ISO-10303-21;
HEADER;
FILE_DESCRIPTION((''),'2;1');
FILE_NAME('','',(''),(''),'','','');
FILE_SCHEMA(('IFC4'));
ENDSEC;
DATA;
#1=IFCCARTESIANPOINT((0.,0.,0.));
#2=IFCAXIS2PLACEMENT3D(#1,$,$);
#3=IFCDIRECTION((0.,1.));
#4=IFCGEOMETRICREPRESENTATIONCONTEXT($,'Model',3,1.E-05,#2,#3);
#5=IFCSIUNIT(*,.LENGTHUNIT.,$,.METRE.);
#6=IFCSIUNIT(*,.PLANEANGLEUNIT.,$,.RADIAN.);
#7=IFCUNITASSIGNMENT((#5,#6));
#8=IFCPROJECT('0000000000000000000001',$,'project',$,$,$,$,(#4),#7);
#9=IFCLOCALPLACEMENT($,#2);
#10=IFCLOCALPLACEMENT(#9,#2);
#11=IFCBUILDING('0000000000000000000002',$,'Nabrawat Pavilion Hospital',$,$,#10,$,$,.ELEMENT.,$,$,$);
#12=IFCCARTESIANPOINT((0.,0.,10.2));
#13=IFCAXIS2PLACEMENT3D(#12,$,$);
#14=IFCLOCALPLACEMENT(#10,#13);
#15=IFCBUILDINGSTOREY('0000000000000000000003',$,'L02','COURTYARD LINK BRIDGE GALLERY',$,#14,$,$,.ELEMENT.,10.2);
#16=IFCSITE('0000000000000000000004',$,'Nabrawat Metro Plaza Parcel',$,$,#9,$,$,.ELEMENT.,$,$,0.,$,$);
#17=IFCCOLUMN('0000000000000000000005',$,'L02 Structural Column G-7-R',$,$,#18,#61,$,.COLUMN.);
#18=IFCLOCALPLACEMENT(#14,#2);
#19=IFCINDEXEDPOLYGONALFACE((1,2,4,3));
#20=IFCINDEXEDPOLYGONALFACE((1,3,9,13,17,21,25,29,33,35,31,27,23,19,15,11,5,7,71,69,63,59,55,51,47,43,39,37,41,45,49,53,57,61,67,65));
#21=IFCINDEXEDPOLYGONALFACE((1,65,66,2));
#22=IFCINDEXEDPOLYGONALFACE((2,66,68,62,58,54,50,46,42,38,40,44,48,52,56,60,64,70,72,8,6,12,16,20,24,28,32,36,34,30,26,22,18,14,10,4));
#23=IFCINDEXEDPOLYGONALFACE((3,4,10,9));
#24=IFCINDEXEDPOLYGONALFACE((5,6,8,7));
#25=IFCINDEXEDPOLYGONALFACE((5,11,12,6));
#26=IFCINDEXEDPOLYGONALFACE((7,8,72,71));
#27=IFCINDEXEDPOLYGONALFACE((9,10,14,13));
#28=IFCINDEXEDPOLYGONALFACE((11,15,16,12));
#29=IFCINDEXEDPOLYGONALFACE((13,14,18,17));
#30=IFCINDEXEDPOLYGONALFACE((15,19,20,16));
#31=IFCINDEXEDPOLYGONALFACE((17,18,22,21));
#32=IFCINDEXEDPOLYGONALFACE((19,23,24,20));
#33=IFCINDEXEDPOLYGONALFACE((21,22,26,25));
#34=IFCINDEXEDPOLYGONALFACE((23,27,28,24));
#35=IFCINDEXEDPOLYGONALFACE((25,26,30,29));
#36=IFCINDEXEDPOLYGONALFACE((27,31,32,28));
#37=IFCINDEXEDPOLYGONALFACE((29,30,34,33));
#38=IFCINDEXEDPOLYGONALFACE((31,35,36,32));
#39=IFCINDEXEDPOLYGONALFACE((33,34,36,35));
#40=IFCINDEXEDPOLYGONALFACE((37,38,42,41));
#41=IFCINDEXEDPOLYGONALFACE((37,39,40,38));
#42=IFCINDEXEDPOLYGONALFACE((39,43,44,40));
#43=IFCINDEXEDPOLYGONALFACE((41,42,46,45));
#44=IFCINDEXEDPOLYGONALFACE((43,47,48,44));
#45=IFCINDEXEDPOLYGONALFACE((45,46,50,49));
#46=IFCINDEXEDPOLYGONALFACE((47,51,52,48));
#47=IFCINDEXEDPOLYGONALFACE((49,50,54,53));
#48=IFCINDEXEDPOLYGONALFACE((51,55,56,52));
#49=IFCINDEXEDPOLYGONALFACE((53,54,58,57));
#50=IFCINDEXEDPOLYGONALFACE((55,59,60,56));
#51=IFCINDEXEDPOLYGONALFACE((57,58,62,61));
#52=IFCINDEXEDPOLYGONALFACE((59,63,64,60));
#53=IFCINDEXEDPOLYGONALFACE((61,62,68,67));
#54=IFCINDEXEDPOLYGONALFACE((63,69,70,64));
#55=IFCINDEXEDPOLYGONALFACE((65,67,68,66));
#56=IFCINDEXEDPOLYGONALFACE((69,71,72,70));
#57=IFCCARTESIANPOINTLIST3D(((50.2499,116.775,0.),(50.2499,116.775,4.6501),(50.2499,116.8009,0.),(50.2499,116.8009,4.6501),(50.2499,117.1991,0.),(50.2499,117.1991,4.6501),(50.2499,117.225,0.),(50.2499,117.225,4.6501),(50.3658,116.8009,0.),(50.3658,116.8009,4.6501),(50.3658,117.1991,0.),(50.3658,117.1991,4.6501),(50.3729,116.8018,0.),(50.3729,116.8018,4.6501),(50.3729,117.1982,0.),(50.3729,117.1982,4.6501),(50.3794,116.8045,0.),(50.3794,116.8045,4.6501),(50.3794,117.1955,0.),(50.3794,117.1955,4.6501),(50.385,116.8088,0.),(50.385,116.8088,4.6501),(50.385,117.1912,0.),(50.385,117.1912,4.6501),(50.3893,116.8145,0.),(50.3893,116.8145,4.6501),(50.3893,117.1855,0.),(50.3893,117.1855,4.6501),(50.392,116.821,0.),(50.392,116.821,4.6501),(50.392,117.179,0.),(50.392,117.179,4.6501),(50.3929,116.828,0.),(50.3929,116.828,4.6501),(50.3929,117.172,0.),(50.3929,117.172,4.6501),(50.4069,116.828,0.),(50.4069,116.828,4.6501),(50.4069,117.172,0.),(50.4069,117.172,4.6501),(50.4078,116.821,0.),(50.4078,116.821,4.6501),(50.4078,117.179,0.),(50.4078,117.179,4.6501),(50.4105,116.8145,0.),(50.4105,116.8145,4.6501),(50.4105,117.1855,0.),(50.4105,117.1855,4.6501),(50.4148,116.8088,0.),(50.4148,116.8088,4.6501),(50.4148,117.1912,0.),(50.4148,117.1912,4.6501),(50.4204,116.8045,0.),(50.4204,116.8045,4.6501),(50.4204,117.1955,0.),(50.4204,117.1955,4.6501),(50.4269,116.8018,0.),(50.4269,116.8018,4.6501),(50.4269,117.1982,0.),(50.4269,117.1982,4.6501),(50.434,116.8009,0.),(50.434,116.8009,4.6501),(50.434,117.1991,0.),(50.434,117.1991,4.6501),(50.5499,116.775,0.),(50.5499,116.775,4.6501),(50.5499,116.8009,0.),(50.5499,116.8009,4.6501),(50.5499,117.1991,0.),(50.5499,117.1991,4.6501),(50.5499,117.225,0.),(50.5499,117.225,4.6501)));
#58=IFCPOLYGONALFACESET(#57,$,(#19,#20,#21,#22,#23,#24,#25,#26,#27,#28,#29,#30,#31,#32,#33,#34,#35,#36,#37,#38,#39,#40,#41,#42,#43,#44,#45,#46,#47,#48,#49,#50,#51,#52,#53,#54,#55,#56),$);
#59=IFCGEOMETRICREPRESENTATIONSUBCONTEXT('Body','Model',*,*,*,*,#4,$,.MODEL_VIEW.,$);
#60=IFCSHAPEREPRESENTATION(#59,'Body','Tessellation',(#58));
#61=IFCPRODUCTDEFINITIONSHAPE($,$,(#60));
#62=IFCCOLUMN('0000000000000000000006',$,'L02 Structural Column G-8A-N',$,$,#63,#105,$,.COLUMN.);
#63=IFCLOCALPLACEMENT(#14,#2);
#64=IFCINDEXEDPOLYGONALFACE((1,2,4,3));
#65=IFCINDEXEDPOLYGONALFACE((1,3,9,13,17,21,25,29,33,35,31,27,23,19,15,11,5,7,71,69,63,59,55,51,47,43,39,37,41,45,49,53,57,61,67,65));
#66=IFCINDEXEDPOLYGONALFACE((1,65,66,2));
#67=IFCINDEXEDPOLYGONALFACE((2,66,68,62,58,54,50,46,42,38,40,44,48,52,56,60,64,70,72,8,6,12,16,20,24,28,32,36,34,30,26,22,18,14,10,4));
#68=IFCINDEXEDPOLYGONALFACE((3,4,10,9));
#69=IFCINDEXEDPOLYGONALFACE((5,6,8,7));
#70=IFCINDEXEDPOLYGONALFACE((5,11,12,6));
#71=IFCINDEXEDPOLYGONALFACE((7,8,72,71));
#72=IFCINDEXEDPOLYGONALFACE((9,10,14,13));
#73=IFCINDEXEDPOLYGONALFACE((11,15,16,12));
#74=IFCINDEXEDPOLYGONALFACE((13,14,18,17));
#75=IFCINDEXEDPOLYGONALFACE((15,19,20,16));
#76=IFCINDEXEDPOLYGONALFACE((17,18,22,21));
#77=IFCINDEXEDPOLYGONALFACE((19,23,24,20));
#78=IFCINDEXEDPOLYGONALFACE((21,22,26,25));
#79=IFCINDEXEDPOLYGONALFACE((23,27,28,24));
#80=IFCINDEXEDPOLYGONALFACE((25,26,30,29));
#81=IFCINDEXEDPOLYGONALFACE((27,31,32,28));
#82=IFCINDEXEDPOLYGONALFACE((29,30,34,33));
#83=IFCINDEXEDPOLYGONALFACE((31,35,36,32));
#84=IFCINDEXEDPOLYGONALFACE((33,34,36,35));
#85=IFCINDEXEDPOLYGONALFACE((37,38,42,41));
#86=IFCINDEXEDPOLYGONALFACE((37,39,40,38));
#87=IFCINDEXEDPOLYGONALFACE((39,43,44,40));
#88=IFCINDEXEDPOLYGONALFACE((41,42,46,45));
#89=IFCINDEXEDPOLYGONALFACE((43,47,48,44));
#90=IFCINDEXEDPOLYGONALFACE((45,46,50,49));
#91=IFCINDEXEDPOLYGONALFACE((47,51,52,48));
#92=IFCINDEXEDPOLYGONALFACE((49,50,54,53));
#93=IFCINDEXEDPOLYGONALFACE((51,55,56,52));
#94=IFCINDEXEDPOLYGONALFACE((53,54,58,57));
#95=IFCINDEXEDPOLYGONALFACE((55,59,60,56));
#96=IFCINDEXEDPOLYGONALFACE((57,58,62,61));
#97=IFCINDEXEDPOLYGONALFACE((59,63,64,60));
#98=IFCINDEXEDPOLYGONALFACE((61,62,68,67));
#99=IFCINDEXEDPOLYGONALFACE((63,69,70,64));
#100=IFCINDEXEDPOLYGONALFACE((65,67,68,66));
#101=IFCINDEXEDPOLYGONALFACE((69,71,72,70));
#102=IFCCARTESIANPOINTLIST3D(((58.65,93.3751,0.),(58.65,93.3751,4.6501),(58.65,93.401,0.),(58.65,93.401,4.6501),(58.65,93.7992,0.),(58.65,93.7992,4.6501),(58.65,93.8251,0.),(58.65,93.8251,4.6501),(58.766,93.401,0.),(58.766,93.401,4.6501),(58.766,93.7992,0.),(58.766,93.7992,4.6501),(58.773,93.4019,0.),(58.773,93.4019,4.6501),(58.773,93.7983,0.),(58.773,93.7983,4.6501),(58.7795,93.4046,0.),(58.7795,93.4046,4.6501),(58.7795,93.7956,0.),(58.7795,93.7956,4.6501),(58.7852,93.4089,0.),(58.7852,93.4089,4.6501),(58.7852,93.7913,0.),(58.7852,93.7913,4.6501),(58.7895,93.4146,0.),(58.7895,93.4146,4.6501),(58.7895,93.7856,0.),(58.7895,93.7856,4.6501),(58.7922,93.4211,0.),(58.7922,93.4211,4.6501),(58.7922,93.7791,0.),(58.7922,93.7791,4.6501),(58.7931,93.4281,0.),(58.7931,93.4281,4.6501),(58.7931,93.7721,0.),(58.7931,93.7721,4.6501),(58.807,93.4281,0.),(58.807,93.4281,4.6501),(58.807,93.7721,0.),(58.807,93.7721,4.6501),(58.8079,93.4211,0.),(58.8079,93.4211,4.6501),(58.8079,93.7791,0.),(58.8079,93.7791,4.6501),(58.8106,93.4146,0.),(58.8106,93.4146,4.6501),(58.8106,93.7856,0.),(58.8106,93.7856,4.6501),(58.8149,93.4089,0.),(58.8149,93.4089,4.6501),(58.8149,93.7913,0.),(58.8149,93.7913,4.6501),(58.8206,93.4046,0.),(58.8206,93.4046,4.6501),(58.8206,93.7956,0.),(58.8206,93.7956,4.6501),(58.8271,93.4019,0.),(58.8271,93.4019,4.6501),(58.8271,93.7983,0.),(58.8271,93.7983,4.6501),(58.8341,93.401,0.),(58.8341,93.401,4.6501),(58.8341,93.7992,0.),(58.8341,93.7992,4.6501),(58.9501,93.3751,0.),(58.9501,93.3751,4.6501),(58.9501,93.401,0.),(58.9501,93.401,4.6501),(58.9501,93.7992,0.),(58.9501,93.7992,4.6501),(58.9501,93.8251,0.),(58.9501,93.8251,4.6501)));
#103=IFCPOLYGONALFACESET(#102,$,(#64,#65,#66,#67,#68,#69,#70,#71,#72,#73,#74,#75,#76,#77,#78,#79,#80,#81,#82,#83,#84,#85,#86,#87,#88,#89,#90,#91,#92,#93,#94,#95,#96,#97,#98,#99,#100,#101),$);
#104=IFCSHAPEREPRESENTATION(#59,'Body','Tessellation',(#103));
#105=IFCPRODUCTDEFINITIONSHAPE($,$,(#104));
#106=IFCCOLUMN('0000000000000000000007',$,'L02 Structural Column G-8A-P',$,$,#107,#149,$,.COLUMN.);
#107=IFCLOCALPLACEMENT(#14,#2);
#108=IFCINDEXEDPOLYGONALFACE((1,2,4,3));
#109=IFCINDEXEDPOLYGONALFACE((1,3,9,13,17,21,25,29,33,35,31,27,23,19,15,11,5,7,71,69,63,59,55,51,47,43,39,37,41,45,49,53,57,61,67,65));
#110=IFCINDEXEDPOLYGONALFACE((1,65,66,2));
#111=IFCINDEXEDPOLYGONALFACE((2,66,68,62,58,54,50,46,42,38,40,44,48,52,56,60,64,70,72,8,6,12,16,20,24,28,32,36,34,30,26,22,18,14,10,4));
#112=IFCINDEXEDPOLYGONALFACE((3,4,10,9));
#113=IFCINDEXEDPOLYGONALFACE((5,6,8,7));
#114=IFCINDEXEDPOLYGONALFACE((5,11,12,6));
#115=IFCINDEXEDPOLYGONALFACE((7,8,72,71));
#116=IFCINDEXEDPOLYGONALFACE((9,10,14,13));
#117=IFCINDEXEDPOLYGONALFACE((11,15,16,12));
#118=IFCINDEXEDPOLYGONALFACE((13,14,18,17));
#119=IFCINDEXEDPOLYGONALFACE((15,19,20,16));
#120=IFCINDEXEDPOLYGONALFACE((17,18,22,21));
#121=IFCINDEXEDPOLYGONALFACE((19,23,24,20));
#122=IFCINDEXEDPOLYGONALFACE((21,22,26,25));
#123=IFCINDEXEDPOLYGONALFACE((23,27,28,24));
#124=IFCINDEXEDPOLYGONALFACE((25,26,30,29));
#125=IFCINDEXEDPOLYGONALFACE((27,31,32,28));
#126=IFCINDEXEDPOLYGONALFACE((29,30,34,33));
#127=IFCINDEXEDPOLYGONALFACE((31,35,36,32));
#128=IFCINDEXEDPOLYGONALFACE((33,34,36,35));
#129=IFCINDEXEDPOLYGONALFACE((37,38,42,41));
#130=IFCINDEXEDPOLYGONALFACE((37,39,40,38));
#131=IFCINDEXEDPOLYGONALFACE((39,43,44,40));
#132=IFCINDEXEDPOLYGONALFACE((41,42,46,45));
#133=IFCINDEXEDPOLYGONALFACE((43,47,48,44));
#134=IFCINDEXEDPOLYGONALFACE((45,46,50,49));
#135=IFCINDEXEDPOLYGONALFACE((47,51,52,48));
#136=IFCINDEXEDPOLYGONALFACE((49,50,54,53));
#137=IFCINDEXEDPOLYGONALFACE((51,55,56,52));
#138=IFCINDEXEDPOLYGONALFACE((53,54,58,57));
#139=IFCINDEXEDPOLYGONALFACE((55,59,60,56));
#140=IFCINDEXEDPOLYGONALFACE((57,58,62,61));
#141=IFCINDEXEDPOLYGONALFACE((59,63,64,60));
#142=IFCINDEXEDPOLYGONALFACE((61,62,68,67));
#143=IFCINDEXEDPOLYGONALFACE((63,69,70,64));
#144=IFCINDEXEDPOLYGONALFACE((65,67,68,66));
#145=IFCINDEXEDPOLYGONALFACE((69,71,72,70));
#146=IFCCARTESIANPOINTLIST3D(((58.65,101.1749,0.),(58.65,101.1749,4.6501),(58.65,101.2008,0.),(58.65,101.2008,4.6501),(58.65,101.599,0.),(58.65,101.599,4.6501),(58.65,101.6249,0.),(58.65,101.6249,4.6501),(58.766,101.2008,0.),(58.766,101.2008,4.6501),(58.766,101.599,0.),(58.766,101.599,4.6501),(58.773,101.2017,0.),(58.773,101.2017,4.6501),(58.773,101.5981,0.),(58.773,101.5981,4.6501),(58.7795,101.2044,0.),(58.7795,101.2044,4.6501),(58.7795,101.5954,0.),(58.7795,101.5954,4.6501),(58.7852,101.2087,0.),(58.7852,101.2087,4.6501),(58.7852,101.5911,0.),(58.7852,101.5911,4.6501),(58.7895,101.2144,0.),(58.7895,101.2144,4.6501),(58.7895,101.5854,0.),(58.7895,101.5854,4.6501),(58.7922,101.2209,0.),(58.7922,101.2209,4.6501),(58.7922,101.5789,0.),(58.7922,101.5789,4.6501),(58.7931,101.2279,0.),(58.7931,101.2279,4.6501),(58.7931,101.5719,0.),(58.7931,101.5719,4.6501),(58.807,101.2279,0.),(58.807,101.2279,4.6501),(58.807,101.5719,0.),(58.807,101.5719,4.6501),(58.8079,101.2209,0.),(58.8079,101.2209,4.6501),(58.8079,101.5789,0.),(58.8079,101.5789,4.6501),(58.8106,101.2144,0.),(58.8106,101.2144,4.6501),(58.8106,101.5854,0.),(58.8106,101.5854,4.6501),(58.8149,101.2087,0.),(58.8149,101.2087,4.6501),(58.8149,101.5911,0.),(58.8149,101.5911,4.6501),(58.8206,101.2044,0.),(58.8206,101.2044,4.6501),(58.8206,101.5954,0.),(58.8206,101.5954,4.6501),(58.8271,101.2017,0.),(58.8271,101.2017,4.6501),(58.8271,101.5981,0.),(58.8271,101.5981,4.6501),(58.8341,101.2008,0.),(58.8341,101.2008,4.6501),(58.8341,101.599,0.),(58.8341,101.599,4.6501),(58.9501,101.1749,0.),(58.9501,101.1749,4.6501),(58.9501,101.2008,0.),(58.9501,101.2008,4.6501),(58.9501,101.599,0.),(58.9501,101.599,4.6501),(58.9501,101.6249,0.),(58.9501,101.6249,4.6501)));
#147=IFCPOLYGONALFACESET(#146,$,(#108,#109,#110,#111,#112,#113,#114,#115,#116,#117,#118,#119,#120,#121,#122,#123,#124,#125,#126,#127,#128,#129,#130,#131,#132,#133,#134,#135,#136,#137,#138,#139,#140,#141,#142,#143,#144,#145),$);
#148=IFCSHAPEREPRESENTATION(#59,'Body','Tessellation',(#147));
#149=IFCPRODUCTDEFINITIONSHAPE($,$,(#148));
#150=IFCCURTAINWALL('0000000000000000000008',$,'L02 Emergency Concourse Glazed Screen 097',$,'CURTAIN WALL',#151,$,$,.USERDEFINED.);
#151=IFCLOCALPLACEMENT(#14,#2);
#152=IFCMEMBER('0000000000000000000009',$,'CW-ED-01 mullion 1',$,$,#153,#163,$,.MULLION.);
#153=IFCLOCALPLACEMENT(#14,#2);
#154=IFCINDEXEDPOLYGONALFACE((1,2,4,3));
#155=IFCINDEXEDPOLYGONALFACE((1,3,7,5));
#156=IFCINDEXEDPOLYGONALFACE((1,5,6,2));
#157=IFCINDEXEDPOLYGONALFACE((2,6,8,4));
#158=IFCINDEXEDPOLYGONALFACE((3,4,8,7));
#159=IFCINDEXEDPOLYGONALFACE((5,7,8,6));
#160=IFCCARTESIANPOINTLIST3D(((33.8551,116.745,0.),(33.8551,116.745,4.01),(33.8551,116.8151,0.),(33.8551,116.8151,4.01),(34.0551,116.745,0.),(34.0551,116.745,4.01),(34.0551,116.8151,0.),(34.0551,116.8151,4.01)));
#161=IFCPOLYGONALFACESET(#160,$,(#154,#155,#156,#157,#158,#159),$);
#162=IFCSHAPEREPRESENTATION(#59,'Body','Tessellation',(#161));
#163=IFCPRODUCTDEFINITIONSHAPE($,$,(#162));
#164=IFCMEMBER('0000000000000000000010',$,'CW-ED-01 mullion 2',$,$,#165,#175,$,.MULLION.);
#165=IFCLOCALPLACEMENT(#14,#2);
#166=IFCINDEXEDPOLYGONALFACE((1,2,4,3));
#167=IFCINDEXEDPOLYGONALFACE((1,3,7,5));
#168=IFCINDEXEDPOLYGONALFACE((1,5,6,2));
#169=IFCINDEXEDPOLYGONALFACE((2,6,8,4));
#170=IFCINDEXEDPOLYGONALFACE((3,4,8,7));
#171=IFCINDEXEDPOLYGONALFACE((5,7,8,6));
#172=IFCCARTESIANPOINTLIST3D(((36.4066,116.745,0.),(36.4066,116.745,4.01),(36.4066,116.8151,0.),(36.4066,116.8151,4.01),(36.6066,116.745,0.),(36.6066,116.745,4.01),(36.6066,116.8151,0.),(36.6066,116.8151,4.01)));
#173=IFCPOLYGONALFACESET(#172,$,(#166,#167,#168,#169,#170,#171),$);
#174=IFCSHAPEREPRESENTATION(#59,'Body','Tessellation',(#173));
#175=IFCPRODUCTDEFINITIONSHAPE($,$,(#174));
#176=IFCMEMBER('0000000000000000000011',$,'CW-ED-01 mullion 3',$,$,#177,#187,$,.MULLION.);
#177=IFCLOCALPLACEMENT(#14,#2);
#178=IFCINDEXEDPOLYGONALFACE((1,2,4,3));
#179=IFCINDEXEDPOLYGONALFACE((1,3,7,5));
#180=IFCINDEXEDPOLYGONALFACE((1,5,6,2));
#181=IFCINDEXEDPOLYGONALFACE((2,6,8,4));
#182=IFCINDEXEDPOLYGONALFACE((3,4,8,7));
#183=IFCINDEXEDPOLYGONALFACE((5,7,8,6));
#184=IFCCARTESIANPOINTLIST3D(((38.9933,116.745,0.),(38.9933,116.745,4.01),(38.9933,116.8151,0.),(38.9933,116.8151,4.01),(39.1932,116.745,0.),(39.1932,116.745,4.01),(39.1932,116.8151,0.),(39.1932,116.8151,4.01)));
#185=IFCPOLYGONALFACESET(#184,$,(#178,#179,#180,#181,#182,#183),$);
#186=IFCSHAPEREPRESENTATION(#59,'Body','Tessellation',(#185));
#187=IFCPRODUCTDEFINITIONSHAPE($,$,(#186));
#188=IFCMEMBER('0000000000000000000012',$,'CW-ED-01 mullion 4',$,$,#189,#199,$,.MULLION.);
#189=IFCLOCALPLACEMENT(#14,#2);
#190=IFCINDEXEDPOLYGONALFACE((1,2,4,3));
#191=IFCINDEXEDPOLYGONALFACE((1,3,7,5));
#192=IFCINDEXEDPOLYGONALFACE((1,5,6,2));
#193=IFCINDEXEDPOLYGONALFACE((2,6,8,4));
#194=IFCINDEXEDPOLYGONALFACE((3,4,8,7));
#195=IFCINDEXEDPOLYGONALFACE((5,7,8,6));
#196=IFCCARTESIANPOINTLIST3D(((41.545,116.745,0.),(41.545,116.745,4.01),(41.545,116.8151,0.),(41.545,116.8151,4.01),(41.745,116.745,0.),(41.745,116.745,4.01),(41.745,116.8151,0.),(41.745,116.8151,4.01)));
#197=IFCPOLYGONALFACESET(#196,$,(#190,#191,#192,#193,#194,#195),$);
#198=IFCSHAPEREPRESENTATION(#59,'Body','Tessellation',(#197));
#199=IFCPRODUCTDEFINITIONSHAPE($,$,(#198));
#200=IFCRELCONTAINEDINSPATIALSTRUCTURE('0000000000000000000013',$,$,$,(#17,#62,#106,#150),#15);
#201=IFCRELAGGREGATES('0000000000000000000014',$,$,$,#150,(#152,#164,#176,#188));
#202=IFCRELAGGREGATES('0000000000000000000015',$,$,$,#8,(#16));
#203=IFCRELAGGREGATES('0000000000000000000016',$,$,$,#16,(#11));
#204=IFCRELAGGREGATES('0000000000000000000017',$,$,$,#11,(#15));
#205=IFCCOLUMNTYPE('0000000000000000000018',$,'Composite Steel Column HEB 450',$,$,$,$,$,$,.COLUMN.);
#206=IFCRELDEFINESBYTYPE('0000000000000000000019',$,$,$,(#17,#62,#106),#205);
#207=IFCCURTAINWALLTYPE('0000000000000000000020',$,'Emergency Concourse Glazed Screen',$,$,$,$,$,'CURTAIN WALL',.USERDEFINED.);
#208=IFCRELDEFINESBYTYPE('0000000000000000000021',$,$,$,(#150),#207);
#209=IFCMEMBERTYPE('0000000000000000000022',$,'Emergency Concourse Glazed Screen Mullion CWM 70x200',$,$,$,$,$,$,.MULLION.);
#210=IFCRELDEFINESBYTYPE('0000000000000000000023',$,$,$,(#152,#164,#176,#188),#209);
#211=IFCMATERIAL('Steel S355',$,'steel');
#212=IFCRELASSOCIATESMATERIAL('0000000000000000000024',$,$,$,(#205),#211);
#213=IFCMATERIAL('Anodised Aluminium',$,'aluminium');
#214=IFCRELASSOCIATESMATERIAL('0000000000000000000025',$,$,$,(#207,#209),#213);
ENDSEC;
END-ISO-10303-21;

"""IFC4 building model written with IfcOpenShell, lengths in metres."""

from ifc_helpers import new_model, si_unit, direction, frame, origin, origin_2d, place, context, subcontext, project, spatial, rectangle, i_section, extrude, material, material_profile, profile_set, type_object, element, aggregate, save


model = new_model("IFC4")

# Units and contexts
model_context = context("Model", 3, precision=1e-05, world=origin(), true_north=direction((0.0, 1.0)))
body_context = subcontext(model_context, "Body", "Model", "MODEL_VIEW")
ifc_project = project(units=[si_unit("LENGTHUNIT", "METRE"), si_unit("PLANEANGLEUNIT", "RADIAN")], contexts=[model_context])

# Site, building, storey
site_placement = place(None, origin())
site = spatial("IfcSite", under=ifc_project, at=site_placement, Name="Nabrawat Metro Plaza Parcel", CompositionType="ELEMENT", RefElevation=0.0)
building_placement = place(site_placement, origin())
building = spatial("IfcBuilding", under=site, at=building_placement, Name="Nabrawat Pavilion Hospital", CompositionType="ELEMENT")
storey_placement = place(building_placement, frame((0.0, 0.0, 10.2)))
storey = spatial("IfcBuildingStorey", under=building, at=storey_placement, Name="L02", Description="COURTYARD LINK BRIDGE GALLERY", CompositionType="ELEMENT", Elevation=10.2)

# Columns
ifc_material_1 = material(Name="Steel S355", Category="steel")
ifc_material_profile_1 = material_profile(ifc_material_1, i_section(OverallWidth=0.3, OverallDepth=0.45, WebThickness=0.0139, FlangeThickness=0.0259, FilletRadius=0.0271, at=origin_2d()), Name="HEB 450")
ifc_profile_set_1 = profile_set([ifc_material_profile_1], Name="Steel S355")
column_type = type_object("IfcColumnType", Name="Composite Steel Column HEB 450", PredefinedType="COLUMN", material=ifc_profile_set_1)
for number, where, z_axis, x_axis, name in (
    (1, (50.3999, 117.0, 0.0), (0.0, 0.0, 1.0), (1.0, 0.0, 0.0), "L02 Structural Column G-7-R"),
    (2, (58.8, 93.6001, 0.0), (0.0, 0.0, 1.0), (1.0, 0.0, 0.0), "L02 Structural Column G-8A-N"),
    (3, (58.8, 101.3999, 0.0), (0.0, 0.0, 1.0), (1.0, 0.0, 0.0), "L02 Structural Column G-8A-P"),
):
    element("IfcColumn", number, at=place(storey_placement, frame(where, z_axis=z_axis, x_axis=x_axis)), inside=storey, type_object=column_type, Name=name, PredefinedType="COLUMN", context=body_context, shape_type="SweptSolid", body=[
        extrude(i_section(OverallWidth=0.3, OverallDepth=0.45, WebThickness=0.0139, FlangeThickness=0.0259, FilletRadius=0.0271, at=origin_2d()), origin(), (0.0, 0.0, 1.0), 4.6501),
    ])

# Curtain wall, members
ifc_material_2 = material(Name="Anodised Aluminium", Category="aluminium")
curtain_wall_type = type_object("IfcCurtainWallType", Name="Emergency Concourse Glazed Screen", ElementType="CURTAIN WALL", PredefinedType="USERDEFINED", material=ifc_material_2)
curtain_wall_placement = place(storey_placement, origin())
curtain_wall = element("IfcCurtainWall", 4, at=curtain_wall_placement, inside=storey, type_object=curtain_wall_type, Name="L02 Emergency Concourse Glazed Screen 097", ObjectType="CURTAIN WALL", PredefinedType="USERDEFINED")
ifc_material_profile_2 = material_profile(ifc_material_2, rectangle(XDim=0.0701, YDim=0.2, at=origin_2d()), Name="CWM 70x200")
ifc_profile_set_2 = profile_set([ifc_material_profile_2], Name="Anodised Aluminium")
member_type_1 = type_object("IfcMemberType", Name="Emergency Concourse Glazed Screen Mullion CWM 70x200", PredefinedType="MULLION", material=ifc_profile_set_2)
member_1_placement = place(storey_placement, frame((33.9551, 116.78, 0.0), z_axis=(0.0, 0.0, 1.0), x_axis=(0.0, 1.0, 0.0)))
member_1 = element("IfcMember", 5, at=member_1_placement, type_object=member_type_1, Name="CW-ED-01 mullion 1", PredefinedType="MULLION", context=body_context, shape_type="SweptSolid", body=[
    extrude(rectangle(XDim=0.0701, YDim=0.2, at=origin_2d()), origin(), (0.0, 0.0, 1.0), 4.01),
])
member_2_placement = place(storey_placement, frame((36.5066, 116.78, 0.0), z_axis=(0.0, 0.0, 1.0), x_axis=(0.0, 1.0, 0.0)))
member_2 = element("IfcMember", 6, at=member_2_placement, type_object=member_type_1, Name="CW-ED-01 mullion 2", PredefinedType="MULLION", context=body_context, shape_type="SweptSolid", body=[
    extrude(rectangle(XDim=0.0701, YDim=0.2, at=origin_2d()), origin(), (0.0, 0.0, 1.0), 4.01),
])
member_3_placement = place(storey_placement, frame((39.0933, 116.78, 0.0), z_axis=(0.0, 0.0, 1.0), x_axis=(0.0, 1.0, 0.0)))
member_3 = element("IfcMember", 7, at=member_3_placement, type_object=member_type_1, Name="CW-ED-01 mullion 3", PredefinedType="MULLION", context=body_context, shape_type="SweptSolid", body=[
    extrude(rectangle(XDim=0.0701, YDim=0.2, at=origin_2d()), origin(), (0.0, 0.0, 1.0), 4.01),
])
member_4_placement = place(storey_placement, frame((41.645, 116.78, 0.0), z_axis=(0.0, 0.0, 1.0), x_axis=(0.0, 1.0, 0.0)))
member_4 = element("IfcMember", 8, at=member_4_placement, type_object=member_type_1, Name="CW-ED-01 mullion 4", PredefinedType="MULLION", context=body_context, shape_type="SweptSolid", body=[
    extrude(rectangle(XDim=0.0701, YDim=0.2, at=origin_2d()), origin(), (0.0, 0.0, 1.0), 4.01),
])

aggregate(curtain_wall, [member_1, member_2, member_3, member_4])

save(model, "model.ifc")
